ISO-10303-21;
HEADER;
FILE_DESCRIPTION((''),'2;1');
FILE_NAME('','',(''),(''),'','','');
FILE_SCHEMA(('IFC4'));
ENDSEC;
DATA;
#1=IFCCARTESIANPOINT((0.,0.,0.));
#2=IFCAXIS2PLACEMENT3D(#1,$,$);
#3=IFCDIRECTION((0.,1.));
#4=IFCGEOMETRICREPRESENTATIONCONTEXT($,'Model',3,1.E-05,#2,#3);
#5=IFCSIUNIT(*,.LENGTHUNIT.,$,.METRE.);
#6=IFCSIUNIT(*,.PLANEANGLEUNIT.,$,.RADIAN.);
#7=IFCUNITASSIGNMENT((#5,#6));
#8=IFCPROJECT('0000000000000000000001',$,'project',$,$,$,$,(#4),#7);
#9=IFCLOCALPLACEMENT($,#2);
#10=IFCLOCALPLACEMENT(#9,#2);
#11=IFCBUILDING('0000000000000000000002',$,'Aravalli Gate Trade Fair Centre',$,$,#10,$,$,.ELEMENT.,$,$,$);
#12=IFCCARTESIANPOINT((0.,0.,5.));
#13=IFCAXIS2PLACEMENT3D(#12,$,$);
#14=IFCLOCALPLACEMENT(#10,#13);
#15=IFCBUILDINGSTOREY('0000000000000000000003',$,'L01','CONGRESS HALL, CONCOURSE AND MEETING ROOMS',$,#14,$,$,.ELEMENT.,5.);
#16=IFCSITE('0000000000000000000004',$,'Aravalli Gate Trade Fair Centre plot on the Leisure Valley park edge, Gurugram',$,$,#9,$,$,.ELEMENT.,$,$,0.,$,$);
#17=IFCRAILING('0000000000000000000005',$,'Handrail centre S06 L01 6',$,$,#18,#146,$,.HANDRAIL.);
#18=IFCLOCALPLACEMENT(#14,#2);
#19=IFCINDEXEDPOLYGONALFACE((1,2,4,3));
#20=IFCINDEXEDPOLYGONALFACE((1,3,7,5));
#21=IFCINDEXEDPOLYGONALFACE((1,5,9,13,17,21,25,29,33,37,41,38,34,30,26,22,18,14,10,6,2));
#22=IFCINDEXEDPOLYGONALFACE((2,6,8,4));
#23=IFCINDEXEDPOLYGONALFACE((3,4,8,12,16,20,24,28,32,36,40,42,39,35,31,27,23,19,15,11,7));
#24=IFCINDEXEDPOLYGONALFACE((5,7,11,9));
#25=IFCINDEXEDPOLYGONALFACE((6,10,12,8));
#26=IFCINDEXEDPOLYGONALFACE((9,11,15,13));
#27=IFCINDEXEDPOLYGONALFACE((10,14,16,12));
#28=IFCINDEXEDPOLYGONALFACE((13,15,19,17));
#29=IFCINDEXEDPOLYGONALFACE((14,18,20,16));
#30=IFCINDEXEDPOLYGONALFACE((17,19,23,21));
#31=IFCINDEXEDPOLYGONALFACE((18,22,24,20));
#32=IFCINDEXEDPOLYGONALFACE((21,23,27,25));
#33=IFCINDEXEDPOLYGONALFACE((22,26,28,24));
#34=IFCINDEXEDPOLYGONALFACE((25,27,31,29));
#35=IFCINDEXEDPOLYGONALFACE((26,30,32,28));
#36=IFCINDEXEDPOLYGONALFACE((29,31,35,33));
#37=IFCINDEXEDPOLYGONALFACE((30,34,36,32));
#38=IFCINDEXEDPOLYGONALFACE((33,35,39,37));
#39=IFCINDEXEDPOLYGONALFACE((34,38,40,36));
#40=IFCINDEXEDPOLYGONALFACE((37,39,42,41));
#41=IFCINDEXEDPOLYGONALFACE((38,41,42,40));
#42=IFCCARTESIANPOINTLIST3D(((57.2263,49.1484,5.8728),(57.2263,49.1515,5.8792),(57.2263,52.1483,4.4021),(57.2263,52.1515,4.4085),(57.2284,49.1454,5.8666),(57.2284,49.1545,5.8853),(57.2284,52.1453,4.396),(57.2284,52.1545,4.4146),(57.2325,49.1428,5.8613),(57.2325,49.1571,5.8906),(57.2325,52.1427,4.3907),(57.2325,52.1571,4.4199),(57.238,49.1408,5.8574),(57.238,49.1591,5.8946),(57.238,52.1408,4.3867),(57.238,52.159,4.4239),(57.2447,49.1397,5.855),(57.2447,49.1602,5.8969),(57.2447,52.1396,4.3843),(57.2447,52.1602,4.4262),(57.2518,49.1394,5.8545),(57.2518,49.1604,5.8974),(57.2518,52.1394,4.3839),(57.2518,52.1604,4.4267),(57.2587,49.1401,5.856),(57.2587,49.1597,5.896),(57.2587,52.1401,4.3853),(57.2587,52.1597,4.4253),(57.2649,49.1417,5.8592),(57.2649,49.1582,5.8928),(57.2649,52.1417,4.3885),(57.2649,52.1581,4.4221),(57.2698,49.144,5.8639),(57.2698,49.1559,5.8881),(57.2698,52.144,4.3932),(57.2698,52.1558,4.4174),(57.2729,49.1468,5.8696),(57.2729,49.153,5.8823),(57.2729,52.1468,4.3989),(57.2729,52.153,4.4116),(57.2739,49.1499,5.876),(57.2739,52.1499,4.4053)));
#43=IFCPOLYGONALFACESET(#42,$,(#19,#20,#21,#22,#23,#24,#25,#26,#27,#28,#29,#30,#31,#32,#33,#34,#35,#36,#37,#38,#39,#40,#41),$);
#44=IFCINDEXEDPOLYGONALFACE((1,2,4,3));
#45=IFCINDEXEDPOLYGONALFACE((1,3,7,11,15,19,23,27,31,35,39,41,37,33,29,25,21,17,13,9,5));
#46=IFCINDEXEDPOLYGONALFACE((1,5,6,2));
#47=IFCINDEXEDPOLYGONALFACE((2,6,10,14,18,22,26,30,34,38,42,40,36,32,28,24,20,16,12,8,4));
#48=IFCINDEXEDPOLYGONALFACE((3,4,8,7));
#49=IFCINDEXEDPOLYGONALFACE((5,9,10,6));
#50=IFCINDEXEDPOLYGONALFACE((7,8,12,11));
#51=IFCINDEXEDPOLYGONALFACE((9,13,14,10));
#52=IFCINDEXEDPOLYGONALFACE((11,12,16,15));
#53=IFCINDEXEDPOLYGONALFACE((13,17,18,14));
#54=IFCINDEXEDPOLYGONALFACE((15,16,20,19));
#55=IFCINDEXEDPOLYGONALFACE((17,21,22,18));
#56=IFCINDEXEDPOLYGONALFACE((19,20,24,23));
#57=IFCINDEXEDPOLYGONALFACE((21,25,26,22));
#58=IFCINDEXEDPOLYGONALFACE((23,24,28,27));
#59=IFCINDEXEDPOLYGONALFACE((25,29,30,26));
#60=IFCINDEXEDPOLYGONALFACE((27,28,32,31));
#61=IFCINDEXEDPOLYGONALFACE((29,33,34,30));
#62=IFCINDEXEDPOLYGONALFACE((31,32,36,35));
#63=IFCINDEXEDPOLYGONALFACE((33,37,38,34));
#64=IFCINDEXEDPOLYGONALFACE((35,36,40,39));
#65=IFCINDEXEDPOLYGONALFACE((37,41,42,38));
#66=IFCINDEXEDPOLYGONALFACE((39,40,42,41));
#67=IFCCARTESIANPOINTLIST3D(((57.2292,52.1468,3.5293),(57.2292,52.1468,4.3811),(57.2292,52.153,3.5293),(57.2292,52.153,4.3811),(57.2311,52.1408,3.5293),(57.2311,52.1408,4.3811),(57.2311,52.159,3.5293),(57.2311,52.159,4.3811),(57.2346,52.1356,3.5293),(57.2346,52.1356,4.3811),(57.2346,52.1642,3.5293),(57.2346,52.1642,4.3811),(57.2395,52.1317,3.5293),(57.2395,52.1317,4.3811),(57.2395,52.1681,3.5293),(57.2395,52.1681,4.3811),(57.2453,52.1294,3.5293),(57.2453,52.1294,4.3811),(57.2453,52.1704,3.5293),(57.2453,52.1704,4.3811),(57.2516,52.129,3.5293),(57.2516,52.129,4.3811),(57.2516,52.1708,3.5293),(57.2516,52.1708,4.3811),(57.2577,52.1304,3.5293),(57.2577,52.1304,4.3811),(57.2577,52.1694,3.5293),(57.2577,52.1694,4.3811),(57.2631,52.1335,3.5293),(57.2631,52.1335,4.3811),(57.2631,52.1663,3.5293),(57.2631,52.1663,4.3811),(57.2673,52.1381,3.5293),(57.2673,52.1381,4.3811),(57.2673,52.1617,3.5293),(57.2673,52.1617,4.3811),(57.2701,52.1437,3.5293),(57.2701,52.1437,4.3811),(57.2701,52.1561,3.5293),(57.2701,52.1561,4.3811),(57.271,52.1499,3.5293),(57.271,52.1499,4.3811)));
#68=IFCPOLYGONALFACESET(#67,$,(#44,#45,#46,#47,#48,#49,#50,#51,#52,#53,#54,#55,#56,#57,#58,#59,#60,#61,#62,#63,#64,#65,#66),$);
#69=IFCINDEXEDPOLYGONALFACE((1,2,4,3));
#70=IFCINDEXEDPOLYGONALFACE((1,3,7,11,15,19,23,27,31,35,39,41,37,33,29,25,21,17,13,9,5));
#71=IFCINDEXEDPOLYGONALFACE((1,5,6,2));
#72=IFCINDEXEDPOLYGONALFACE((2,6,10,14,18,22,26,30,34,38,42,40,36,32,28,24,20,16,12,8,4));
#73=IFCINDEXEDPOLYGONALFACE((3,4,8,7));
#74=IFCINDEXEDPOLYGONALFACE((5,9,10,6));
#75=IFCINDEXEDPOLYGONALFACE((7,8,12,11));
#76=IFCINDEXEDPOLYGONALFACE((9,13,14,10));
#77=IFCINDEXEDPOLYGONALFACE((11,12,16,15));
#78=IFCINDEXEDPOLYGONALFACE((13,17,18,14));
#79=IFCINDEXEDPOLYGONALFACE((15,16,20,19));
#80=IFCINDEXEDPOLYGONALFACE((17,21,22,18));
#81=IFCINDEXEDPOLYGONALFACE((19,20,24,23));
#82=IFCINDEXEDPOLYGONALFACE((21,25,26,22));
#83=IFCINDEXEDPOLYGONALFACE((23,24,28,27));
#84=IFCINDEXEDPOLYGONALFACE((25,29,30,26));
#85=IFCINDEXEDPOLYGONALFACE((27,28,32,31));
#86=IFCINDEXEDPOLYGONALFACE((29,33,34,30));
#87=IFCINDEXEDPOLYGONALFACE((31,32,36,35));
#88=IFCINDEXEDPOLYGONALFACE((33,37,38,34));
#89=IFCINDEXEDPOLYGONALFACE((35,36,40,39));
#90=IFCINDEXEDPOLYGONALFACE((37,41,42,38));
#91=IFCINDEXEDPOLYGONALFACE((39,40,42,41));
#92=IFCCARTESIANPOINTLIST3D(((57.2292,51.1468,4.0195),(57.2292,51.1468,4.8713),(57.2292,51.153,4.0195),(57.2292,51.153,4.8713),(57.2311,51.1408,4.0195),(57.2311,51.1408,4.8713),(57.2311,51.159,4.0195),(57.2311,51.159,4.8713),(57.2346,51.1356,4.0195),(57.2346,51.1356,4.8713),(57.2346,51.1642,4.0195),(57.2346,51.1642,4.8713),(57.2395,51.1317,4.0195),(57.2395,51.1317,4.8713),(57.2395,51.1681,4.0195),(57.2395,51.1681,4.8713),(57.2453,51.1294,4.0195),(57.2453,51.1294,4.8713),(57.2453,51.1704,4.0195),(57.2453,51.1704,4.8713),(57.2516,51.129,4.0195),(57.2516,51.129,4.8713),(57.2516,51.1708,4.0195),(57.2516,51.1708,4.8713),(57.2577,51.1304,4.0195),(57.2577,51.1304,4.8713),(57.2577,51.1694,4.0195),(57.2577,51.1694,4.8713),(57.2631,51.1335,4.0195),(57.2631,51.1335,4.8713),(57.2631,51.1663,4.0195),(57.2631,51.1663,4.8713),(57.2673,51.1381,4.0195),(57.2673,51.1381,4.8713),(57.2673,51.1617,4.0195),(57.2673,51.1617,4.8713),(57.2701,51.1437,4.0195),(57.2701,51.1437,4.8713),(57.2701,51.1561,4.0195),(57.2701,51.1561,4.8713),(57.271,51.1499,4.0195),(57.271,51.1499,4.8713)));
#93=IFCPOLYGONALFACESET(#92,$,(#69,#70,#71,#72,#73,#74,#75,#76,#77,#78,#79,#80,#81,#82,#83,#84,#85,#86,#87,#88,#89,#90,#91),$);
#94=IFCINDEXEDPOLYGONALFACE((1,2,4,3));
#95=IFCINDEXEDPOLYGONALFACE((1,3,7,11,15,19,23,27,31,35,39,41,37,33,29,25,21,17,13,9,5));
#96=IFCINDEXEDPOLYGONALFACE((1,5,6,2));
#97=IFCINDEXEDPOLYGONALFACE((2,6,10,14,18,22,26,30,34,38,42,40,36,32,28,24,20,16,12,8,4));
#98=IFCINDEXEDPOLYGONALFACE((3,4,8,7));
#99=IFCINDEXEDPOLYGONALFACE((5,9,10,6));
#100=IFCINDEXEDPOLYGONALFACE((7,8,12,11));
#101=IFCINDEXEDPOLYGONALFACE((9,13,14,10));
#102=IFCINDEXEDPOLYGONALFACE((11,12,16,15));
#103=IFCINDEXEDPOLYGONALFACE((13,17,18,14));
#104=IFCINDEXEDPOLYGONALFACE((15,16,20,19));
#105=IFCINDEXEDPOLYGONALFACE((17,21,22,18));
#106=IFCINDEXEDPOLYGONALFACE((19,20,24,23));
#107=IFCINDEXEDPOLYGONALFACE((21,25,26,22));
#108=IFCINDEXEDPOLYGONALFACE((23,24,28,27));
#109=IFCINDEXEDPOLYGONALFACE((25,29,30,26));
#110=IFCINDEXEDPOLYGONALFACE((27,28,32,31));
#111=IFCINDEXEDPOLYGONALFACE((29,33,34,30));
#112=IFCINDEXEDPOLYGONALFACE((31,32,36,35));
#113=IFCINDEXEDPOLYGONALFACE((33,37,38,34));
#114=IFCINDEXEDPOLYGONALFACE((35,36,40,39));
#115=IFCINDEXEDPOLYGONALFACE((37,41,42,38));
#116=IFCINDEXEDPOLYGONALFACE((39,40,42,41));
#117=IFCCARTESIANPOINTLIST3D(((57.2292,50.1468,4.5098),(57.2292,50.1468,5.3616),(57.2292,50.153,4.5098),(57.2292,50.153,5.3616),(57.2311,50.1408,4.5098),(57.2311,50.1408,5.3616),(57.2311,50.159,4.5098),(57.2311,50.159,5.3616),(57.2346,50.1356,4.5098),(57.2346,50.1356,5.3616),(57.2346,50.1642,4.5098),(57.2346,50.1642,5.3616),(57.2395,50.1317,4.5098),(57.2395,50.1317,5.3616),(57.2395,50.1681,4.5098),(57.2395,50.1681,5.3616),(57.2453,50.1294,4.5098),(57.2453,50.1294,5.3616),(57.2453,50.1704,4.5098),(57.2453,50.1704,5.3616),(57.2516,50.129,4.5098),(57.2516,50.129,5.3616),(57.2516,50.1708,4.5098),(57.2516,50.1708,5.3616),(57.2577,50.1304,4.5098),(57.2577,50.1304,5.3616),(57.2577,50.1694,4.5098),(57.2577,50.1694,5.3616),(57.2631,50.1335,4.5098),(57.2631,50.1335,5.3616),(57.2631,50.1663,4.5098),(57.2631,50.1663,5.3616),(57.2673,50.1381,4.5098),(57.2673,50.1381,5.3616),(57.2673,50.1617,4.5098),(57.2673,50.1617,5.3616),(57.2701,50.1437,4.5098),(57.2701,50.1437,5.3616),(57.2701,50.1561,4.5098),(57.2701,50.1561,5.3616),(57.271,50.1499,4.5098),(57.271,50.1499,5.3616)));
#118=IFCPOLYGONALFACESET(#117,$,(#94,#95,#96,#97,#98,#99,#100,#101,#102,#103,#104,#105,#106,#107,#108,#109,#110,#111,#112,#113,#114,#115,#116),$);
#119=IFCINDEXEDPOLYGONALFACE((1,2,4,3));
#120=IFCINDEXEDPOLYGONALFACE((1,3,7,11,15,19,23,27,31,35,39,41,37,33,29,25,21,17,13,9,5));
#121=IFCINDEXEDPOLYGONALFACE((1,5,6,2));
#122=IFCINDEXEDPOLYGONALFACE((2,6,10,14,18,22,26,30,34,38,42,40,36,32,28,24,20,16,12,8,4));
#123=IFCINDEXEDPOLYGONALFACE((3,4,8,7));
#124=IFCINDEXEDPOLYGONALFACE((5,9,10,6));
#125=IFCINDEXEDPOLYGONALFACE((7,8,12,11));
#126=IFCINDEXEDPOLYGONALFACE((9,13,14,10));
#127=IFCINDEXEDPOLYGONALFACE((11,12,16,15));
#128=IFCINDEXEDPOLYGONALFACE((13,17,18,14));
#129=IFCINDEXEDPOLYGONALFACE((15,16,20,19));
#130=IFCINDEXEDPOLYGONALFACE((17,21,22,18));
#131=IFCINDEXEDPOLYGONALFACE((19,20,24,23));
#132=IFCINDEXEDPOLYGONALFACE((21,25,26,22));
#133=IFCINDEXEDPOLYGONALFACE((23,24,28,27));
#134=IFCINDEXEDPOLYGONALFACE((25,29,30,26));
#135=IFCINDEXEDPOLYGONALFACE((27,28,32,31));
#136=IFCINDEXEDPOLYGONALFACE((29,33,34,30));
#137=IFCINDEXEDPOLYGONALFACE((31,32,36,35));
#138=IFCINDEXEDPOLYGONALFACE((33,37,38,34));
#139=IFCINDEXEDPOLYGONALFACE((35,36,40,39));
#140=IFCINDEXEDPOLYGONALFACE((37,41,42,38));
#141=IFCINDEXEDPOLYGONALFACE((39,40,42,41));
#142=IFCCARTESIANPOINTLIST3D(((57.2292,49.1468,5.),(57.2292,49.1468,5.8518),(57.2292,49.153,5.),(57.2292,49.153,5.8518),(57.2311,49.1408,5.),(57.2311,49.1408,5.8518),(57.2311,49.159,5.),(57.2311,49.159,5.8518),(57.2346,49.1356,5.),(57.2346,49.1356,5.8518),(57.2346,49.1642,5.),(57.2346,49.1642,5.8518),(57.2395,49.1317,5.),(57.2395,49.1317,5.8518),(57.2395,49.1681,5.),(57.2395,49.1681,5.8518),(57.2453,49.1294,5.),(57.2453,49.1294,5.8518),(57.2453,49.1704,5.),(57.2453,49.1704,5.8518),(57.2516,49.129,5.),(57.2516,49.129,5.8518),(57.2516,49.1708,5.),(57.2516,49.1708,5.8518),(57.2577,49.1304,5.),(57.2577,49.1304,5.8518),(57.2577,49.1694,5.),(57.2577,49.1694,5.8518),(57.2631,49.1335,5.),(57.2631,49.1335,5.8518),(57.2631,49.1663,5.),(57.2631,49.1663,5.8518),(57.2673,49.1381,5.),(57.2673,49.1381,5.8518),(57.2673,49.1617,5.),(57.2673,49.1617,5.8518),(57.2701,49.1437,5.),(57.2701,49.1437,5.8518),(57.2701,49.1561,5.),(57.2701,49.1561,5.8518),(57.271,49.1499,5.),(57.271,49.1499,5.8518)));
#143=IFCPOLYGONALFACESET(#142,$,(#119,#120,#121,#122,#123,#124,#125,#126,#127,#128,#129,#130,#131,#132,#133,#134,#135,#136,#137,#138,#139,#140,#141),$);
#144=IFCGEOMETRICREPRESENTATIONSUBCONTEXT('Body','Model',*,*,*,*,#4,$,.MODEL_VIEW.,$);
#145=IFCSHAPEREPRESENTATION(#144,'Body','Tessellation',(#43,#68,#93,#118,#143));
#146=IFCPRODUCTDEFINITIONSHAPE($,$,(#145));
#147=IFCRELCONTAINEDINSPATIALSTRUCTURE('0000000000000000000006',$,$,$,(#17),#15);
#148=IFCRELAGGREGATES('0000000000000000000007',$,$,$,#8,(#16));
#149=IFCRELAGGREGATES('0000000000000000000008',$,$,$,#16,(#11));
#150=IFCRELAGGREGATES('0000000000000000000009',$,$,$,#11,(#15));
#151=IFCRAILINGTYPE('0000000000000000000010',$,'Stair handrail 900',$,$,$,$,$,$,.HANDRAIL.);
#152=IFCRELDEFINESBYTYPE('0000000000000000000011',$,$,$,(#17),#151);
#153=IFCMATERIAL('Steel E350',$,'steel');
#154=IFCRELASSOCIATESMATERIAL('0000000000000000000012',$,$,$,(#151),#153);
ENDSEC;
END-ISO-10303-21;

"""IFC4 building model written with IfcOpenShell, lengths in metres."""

from ifc_helpers import new_model, si_unit, direction, frame, origin, origin_2d, place, context, subcontext, project, spatial, circle, extrude, material, type_object, element, save


model = new_model("IFC4")

# Units and contexts
model_context = context("Model", 3, precision=1e-05, world=origin(), true_north=direction((0.0, 1.0)))
body_context = subcontext(model_context, "Body", "Model", "MODEL_VIEW")
ifc_project = project(units=[si_unit("LENGTHUNIT", "METRE"), si_unit("PLANEANGLEUNIT", "RADIAN")], contexts=[model_context])

# Site, building, storey
site_placement = place(None, origin())
site = spatial("IfcSite", under=ifc_project, at=site_placement, Name="Aravalli Gate Trade Fair Centre plot on the Leisure Valley park edge, Gurugram", CompositionType="ELEMENT", RefElevation=0.0)
building_placement = place(site_placement, origin())
building = spatial("IfcBuilding", under=site, at=building_placement, Name="Aravalli Gate Trade Fair Centre", CompositionType="ELEMENT")
storey_placement = place(building_placement, frame((0.0, 0.0, 5.0)))
storey = spatial("IfcBuildingStorey", under=building, at=storey_placement, Name="L01", Description="CONGRESS HALL, CONCOURSE AND MEETING ROOMS", CompositionType="ELEMENT", Elevation=5.0)

# Railing
ifc_material_1 = material(Name="Steel E350", Category="steel")
railing_type_1 = type_object("IfcRailingType", Name="Stair handrail 900", PredefinedType="HANDRAIL", material=ifc_material_1)
railing_1_placement = place(storey_placement, frame((57.25, 52.1499, 3.5293)))
element("IfcRailing", 1, at=railing_1_placement, inside=storey, type_object=railing_type_1, Name="Handrail centre S06 L01 6", PredefinedType="HANDRAIL", context=body_context, shape_type="SweptSolid", body=[
    extrude(circle(Radius=0.0239, at=origin_2d()), frame((0.0, 0.0, 0.876), z_axis=(0.0, -0.897907, 0.440185), x_axis=(1.0, 0.0, 0.0)), (0.0, 0.0, 1.0), 3.3411),
    extrude(circle(Radius=0.021, at=origin_2d()), origin(), (0.0, 0.0, 1.0), 0.8518),
    extrude(circle(Radius=0.021, at=origin_2d()), frame((0.0, -1.0, 0.4902)), (0.0, 0.0, 1.0), 0.8518),
    extrude(circle(Radius=0.021, at=origin_2d()), frame((0.0, -2.0, 0.9805)), (0.0, 0.0, 1.0), 0.8518),
    extrude(circle(Radius=0.021, at=origin_2d()), frame((0.0, -3.0, 1.4707)), (0.0, 0.0, 1.0), 0.8518),
])

save(model, "model.ifc")
